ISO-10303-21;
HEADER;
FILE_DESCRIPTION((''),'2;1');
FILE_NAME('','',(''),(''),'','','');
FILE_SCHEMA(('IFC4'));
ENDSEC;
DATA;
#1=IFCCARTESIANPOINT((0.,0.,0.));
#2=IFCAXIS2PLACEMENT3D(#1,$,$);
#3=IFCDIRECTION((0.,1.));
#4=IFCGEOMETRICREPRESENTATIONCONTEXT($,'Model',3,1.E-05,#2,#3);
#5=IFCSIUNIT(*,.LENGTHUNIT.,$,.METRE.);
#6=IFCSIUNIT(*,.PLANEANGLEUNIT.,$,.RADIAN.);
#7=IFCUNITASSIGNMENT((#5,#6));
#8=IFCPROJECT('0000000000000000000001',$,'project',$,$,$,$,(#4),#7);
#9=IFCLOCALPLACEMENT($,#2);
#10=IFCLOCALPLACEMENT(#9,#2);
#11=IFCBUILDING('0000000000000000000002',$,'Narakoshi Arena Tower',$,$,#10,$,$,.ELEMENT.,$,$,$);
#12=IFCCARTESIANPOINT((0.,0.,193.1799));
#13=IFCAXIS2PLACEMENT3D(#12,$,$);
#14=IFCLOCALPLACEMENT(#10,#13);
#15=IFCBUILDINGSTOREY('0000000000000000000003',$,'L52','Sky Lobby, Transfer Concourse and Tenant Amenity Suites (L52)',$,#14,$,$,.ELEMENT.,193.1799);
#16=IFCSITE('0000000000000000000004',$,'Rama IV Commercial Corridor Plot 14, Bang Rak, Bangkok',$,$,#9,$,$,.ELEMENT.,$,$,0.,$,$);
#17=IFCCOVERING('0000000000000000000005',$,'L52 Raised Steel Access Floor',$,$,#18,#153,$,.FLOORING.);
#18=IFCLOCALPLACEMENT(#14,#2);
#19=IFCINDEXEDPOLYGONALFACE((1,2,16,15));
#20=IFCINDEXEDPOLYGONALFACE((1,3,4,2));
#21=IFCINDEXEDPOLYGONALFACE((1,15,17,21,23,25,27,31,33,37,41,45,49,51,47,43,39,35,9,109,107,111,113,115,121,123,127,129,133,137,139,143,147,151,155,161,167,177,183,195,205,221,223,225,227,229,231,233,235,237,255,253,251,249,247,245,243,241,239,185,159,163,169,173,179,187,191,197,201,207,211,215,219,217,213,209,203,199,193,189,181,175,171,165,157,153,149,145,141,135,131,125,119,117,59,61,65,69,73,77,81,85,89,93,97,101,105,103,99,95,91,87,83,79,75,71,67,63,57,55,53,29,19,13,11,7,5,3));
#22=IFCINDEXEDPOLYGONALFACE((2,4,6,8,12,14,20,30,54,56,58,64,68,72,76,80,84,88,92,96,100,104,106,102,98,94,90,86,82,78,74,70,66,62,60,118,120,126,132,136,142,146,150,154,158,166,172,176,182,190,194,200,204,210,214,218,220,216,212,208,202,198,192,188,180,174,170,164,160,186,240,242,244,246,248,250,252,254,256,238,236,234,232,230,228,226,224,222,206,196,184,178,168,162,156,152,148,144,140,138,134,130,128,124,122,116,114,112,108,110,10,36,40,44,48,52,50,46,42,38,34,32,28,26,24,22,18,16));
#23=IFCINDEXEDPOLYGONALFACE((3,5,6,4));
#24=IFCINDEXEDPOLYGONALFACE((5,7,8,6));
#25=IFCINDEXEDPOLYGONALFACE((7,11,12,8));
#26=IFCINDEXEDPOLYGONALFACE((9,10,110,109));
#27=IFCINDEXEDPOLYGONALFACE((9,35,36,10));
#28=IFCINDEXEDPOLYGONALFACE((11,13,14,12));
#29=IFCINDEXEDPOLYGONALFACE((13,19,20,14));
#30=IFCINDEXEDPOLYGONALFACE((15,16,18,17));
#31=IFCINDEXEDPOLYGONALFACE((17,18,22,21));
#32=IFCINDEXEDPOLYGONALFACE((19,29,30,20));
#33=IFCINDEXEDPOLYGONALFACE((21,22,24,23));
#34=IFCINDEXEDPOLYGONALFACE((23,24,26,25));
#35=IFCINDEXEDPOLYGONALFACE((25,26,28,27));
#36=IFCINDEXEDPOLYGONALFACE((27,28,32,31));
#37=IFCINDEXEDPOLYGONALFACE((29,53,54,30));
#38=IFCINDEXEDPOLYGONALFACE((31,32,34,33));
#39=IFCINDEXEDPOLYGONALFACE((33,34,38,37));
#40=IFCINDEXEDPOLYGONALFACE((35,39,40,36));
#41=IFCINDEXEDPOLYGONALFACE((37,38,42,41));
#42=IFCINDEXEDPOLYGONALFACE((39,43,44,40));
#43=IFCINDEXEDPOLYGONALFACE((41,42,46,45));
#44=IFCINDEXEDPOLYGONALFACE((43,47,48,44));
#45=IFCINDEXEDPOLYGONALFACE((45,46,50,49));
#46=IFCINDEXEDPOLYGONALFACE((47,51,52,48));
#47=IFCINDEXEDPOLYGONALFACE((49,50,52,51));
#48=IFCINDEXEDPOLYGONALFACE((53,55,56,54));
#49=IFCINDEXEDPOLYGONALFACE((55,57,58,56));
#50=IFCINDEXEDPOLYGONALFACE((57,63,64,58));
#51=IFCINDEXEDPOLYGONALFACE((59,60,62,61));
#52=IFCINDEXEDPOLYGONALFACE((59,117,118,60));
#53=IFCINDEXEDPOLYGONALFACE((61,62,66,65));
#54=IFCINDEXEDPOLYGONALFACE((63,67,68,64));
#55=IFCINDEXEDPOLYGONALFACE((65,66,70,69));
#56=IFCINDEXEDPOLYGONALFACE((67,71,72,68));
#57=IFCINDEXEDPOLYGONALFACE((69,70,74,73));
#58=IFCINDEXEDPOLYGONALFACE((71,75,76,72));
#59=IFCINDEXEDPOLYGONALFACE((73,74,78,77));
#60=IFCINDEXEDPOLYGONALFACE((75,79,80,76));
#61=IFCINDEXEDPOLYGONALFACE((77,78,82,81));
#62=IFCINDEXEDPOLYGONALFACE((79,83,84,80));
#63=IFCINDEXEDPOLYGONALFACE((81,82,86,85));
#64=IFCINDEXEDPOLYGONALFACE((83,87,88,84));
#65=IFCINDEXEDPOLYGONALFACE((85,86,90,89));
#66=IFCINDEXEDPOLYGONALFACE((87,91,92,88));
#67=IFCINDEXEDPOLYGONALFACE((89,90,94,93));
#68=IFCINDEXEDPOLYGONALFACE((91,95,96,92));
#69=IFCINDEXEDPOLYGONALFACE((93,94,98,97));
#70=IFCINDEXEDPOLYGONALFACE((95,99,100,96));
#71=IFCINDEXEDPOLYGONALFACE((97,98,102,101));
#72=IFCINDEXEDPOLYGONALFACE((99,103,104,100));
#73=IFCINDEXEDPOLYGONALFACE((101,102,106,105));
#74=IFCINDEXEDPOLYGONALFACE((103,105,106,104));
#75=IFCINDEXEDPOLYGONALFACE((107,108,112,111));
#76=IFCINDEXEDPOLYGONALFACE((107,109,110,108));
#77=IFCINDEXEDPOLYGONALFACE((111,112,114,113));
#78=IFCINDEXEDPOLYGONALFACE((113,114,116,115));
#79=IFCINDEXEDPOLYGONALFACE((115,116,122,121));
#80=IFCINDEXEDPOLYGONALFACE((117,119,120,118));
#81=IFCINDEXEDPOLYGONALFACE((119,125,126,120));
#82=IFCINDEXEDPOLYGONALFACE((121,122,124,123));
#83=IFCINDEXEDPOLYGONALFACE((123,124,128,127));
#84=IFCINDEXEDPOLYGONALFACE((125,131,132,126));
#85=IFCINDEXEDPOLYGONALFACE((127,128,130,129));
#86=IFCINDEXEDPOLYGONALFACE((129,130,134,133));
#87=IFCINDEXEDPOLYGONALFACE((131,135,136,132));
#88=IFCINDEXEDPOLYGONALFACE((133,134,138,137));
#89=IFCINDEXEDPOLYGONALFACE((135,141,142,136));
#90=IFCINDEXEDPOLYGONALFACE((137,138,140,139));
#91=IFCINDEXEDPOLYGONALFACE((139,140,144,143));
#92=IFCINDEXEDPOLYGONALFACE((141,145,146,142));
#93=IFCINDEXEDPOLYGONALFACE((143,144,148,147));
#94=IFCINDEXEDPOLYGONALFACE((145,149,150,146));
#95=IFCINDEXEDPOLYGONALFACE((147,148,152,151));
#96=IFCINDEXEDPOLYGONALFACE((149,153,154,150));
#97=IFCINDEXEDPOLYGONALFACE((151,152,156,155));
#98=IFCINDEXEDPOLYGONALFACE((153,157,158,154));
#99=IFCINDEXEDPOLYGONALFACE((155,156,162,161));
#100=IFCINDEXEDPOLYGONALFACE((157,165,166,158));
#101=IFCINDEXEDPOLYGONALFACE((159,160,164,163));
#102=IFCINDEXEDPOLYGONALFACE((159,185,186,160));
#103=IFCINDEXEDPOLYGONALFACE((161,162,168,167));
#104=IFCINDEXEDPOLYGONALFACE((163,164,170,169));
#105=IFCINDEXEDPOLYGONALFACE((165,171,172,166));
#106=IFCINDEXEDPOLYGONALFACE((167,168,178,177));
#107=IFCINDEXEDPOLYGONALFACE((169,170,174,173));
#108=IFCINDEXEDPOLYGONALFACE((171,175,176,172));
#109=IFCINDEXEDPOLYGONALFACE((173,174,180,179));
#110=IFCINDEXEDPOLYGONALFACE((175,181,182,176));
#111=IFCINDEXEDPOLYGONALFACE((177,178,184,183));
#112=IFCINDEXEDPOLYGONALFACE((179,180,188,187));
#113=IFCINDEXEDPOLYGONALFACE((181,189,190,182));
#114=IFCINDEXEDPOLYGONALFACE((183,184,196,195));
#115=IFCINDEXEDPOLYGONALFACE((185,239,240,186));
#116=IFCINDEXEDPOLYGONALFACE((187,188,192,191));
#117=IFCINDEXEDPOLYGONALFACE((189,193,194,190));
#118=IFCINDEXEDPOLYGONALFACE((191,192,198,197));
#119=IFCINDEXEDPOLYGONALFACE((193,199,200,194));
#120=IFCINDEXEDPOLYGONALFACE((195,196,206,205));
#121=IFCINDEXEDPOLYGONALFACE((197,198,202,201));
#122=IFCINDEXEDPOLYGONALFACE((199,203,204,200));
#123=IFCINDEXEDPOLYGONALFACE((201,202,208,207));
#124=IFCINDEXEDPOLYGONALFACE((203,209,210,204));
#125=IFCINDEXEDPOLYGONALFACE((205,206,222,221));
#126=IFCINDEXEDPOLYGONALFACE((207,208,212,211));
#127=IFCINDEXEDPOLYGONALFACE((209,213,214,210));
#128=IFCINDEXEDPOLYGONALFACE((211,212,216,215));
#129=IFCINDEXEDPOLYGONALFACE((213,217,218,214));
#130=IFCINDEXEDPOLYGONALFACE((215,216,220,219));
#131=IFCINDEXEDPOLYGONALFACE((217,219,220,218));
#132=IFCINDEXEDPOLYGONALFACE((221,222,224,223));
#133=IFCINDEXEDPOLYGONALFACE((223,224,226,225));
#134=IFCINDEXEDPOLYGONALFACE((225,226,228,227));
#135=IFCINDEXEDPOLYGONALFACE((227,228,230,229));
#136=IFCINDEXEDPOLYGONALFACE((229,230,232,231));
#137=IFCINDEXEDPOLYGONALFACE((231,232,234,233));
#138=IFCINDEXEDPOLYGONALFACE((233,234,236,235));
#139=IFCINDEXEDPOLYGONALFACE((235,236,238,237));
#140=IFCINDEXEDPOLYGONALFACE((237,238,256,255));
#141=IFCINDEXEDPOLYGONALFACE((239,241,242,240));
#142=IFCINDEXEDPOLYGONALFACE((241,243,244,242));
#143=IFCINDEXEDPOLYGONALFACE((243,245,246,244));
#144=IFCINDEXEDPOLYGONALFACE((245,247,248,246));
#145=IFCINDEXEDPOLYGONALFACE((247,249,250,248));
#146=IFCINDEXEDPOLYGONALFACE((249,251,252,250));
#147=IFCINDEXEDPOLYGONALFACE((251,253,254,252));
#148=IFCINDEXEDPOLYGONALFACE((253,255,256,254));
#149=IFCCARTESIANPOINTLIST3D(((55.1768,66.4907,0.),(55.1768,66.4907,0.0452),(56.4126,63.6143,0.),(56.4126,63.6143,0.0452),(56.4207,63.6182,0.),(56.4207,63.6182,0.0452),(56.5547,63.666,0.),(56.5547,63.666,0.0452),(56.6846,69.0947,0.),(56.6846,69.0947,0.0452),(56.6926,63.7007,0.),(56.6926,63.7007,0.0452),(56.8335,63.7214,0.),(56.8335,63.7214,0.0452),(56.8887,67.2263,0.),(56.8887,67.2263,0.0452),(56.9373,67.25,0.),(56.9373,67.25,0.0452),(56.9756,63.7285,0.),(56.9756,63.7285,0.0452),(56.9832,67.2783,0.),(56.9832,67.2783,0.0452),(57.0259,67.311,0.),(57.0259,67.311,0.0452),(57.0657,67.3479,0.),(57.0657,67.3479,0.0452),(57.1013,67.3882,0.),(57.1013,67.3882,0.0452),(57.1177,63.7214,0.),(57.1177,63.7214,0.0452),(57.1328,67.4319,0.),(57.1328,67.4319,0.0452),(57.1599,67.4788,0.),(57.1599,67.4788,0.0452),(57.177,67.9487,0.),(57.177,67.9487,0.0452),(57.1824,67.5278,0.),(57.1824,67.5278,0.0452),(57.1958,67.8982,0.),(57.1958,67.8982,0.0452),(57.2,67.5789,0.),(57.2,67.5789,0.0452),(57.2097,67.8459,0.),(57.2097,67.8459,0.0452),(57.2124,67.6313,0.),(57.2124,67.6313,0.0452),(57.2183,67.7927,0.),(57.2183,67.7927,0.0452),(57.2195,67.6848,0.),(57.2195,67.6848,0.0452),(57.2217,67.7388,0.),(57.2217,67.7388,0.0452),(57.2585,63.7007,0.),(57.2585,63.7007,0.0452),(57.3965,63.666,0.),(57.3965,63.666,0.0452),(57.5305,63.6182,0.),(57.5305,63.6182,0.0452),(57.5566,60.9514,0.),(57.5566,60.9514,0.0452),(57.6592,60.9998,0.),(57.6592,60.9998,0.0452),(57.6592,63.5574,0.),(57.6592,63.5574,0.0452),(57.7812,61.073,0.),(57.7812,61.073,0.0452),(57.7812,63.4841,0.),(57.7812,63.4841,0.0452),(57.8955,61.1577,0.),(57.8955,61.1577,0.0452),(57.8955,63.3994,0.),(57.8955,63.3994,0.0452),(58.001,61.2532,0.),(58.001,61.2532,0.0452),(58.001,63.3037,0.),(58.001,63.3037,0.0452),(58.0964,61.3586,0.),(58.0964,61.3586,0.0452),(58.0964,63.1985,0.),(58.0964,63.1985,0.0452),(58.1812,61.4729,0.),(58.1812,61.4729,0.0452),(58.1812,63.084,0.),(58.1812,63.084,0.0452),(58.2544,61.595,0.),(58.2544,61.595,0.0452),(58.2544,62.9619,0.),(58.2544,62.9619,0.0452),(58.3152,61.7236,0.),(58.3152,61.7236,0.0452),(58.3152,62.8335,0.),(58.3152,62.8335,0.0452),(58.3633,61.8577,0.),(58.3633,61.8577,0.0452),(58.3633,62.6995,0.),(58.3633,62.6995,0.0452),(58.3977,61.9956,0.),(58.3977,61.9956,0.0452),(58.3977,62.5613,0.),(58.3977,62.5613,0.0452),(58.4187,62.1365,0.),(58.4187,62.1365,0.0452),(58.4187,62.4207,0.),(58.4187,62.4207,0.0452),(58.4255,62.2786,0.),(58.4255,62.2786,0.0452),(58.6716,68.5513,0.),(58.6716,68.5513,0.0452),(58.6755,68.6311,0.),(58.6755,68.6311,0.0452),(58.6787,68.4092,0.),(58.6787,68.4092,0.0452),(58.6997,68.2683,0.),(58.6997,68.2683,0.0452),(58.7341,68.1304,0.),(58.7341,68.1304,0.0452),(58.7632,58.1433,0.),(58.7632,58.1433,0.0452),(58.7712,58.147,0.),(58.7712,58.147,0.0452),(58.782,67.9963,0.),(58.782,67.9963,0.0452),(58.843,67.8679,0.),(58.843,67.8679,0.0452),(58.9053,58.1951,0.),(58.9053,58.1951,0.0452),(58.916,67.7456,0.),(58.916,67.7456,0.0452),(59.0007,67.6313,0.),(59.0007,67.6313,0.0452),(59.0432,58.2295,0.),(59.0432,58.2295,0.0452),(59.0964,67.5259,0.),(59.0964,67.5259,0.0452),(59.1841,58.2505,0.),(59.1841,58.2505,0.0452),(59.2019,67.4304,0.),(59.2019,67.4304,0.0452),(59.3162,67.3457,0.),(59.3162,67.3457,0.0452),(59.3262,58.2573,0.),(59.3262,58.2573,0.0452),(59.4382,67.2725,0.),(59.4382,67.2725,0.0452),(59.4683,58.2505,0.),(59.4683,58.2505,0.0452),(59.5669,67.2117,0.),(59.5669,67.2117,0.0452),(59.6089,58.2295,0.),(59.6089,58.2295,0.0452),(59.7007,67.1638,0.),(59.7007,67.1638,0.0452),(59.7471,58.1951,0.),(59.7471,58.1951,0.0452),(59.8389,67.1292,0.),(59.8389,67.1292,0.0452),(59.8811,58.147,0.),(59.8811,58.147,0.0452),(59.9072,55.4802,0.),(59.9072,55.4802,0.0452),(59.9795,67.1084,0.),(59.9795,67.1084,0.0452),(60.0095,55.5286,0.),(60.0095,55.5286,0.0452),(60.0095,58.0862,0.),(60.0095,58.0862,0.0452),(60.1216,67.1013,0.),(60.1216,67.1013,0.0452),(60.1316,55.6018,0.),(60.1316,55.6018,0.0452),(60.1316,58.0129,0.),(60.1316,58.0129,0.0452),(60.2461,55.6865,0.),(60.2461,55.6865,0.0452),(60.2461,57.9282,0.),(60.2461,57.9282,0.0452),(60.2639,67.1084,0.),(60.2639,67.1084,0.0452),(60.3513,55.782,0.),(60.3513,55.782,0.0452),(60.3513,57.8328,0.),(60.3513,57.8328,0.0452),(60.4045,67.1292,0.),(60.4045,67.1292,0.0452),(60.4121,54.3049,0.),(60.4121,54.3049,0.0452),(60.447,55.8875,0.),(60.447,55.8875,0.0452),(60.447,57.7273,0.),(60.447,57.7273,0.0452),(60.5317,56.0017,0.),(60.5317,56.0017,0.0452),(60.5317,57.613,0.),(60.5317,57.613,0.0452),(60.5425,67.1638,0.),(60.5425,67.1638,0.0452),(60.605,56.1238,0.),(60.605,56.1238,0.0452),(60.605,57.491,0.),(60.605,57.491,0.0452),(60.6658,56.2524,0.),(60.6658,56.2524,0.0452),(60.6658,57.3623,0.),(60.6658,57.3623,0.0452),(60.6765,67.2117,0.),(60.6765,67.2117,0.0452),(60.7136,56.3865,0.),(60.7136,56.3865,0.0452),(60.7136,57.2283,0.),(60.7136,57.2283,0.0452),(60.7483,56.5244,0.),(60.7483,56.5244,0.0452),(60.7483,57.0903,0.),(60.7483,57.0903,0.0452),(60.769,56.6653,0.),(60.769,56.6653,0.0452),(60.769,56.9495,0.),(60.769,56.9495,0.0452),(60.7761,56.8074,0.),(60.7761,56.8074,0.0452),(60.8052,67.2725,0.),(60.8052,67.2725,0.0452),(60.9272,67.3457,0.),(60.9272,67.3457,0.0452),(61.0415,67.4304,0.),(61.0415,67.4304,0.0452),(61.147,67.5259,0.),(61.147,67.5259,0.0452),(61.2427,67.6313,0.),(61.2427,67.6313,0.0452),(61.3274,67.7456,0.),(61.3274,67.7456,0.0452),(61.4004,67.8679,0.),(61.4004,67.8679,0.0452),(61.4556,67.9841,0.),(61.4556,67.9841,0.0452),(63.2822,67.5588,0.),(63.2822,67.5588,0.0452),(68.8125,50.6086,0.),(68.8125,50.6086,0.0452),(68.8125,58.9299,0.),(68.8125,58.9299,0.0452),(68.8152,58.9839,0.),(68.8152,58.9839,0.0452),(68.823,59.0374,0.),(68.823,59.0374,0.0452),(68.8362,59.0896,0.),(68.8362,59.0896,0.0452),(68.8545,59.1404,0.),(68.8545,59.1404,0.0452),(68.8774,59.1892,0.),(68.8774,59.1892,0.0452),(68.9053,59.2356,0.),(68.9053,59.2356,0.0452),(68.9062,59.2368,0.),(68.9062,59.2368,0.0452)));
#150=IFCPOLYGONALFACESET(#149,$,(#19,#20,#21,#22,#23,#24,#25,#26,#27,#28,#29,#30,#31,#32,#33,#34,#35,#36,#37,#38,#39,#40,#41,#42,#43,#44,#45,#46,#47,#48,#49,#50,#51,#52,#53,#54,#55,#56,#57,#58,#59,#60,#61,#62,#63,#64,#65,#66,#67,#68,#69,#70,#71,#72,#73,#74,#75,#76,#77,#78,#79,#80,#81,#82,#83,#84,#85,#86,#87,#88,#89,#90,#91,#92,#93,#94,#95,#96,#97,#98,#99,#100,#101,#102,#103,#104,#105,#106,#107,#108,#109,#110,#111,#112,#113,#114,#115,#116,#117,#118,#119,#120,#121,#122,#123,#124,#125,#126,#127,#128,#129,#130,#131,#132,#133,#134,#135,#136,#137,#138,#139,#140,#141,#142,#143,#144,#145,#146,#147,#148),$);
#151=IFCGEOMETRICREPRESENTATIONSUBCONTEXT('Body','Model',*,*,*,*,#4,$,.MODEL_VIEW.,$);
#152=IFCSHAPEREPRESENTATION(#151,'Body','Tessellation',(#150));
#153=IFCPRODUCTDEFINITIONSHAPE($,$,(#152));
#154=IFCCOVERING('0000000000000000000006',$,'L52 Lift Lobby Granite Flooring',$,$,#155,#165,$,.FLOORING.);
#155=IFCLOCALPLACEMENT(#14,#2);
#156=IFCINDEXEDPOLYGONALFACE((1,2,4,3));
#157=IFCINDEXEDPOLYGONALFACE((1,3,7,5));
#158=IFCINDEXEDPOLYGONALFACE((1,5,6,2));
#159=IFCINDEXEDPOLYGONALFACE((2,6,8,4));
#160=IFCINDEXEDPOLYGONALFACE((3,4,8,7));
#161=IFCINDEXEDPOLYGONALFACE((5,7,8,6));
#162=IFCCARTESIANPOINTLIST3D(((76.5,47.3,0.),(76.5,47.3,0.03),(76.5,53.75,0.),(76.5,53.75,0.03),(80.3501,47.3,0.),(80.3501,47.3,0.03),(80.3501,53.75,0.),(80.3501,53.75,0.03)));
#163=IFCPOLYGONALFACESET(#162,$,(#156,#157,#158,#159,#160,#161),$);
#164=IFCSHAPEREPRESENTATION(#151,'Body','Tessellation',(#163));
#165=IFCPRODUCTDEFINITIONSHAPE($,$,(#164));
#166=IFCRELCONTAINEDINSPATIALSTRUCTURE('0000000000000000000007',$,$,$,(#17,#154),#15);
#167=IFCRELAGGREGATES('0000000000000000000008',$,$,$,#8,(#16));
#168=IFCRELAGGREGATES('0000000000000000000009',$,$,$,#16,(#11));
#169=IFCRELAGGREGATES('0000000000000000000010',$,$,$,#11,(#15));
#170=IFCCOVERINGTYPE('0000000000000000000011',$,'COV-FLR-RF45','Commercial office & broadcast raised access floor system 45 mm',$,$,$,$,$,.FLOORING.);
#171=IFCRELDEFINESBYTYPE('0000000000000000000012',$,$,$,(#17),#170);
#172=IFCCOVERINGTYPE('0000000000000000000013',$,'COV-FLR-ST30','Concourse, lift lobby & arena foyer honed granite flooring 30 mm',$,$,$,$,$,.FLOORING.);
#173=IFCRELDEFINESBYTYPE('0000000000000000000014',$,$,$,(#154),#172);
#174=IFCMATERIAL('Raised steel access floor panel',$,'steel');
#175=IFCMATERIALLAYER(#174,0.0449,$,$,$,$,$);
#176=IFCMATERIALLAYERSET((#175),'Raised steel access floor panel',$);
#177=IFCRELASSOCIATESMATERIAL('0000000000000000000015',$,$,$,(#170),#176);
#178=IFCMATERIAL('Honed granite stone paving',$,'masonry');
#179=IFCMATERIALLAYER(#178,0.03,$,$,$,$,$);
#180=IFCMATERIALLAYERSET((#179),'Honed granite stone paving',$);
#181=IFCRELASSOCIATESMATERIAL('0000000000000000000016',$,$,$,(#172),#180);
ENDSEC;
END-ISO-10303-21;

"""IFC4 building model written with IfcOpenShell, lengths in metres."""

from ifc_helpers import new_model, si_unit, direction, frame, origin, place, context, subcontext, project, spatial, polyline, outline, extrude, material, layer, layer_set, type_object, element, save


model = new_model("IFC4")

# Units and contexts
model_context = context("Model", 3, precision=1e-05, world=origin(), true_north=direction((0.0, 1.0)))
body_context = subcontext(model_context, "Body", "Model", "MODEL_VIEW")
ifc_project = project(units=[si_unit("LENGTHUNIT", "METRE"), si_unit("PLANEANGLEUNIT", "RADIAN")], contexts=[model_context])

# Site, building, storey
site_placement = place(None, origin())
site = spatial("IfcSite", under=ifc_project, at=site_placement, Name="Rama IV Commercial Corridor Plot 14, Bang Rak, Bangkok", CompositionType="ELEMENT", RefElevation=0.0)
building_placement = place(site_placement, origin())
building = spatial("IfcBuilding", under=site, at=building_placement, Name="Narakoshi Arena Tower", CompositionType="ELEMENT")
storey_placement = place(building_placement, frame((0.0, 0.0, 193.1799)))
storey = spatial("IfcBuildingStorey", under=building, at=storey_placement, Name="L52", Description="Sky Lobby, Transfer Concourse and Tenant Amenity Suites (L52)", CompositionType="ELEMENT", Elevation=193.1799)

# Coverings
ifc_material_1 = material(Name="Raised steel access floor panel", Category="steel")
ifc_layer_1 = layer(ifc_material_1, 0.0449)
ifc_layer_set_1 = layer_set([ifc_layer_1], Name="Raised steel access floor panel")
covering_type_1 = type_object("IfcCoveringType", Name="COV-FLR-RF45", Description="Commercial office & broadcast raised access floor system 45 mm", PredefinedType="FLOORING", material=ifc_layer_set_1)
covering_1_placement = place(storey_placement, origin())
element("IfcCovering", 1, at=covering_1_placement, inside=storey, type_object=covering_type_1, Name="L52 Raised Steel Access Floor", PredefinedType="FLOORING", context=body_context, shape_type="SweptSolid", body=[
    extrude(outline(polyline([(56.9373, 67.25), (56.9832, 67.2783), (57.0259, 67.311), (57.0657, 67.3479), (57.1013, 67.3882), (57.1328, 67.4319), (57.1599, 67.4788), (57.1824, 67.5278), (57.2, 67.5789), (57.2124, 67.6313), (57.2195, 67.6848), (57.2217, 67.7388), (57.2183, 67.7927), (57.2097, 67.8459), (57.1958, 67.8982), (57.177, 67.9487), (56.6846, 69.0947), (58.6755, 68.6311), (58.6716, 68.5513), (58.6787, 68.4092), (58.6997, 68.2683), (58.7341, 68.1304), (58.782, 67.9963), (58.843, 67.8679), (58.916, 67.7456), (59.0007, 67.6313), (59.0964, 67.5259), (59.2019, 67.4304), (59.3162, 67.3457), (59.4382, 67.2725), (59.5669, 67.2117), (59.7007, 67.1638), (59.8389, 67.1292), (59.9795, 67.1084), (60.1216, 67.1013), (60.2639, 67.1084), (60.4045, 67.1292), (60.5425, 67.1638), (60.6765, 67.2117), (60.8052, 67.2725), (60.9272, 67.3457), (61.0415, 67.4304), (61.147, 67.5259), (61.2427, 67.6313), (61.3274, 67.7456), (61.4004, 67.8679), (61.4556, 67.9841), (63.2822, 67.5588), (68.9062, 59.2368), (68.9053, 59.2356), (68.8774, 59.1892), (68.8545, 59.1404), (68.8362, 59.0896), (68.823, 59.0374), (68.8152, 58.9839), (68.8125, 58.9299), (68.8125, 50.6086), (60.4121, 54.3049), (59.9072, 55.4802), (60.0095, 55.5286), (60.1316, 55.6018), (60.2461, 55.6865), (60.3513, 55.782), (60.447, 55.8875), (60.5317, 56.0017), (60.605, 56.1238), (60.6658, 56.2524), (60.7136, 56.3865), (60.7483, 56.5244), (60.769, 56.6653), (60.7761, 56.8074), (60.769, 56.9495), (60.7483, 57.0903), (60.7136, 57.2283), (60.6658, 57.3623), (60.605, 57.491), (60.5317, 57.613), (60.447, 57.7273), (60.3513, 57.8328), (60.2461, 57.9282), (60.1316, 58.0129), (60.0095, 58.0862), (59.8811, 58.147), (59.7471, 58.1951), (59.6089, 58.2295), (59.4683, 58.2505), (59.3262, 58.2573), (59.1841, 58.2505), (59.0432, 58.2295), (58.9053, 58.1951), (58.7712, 58.147), (58.7632, 58.1433), (57.5566, 60.9514), (57.6592, 60.9998), (57.7812, 61.073), (57.8955, 61.1577), (58.001, 61.2532), (58.0964, 61.3586), (58.1812, 61.4729), (58.2544, 61.595), (58.3152, 61.7236), (58.3633, 61.8577), (58.3977, 61.9956), (58.4187, 62.1365), (58.4255, 62.2786), (58.4187, 62.4207), (58.3977, 62.5613), (58.3633, 62.6995), (58.3152, 62.8335), (58.2544, 62.9619), (58.1812, 63.084), (58.0964, 63.1985), (58.001, 63.3037), (57.8955, 63.3994), (57.7812, 63.4841), (57.6592, 63.5574), (57.5305, 63.6182), (57.3965, 63.666), (57.2585, 63.7007), (57.1177, 63.7214), (56.9756, 63.7285), (56.8335, 63.7214), (56.6926, 63.7007), (56.5547, 63.666), (56.4207, 63.6182), (56.4126, 63.6143), (55.1768, 66.4907), (56.8887, 67.2263), (56.9373, 67.25)])), origin(), (0.0, 0.0, 1.0), 0.0452),
])
ifc_material_2 = material(Name="Honed granite stone paving", Category="masonry")
ifc_layer_2 = layer(ifc_material_2, 0.03)
ifc_layer_set_2 = layer_set([ifc_layer_2], Name="Honed granite stone paving")
covering_type_2 = type_object("IfcCoveringType", Name="COV-FLR-ST30", Description="Concourse, lift lobby & arena foyer honed granite flooring 30 mm", PredefinedType="FLOORING", material=ifc_layer_set_2)
covering_2_placement = place(storey_placement, origin())
element("IfcCovering", 2, at=covering_2_placement, inside=storey, type_object=covering_type_2, Name="L52 Lift Lobby Granite Flooring", PredefinedType="FLOORING", context=body_context, shape_type="SweptSolid", body=[
    extrude(outline(polyline([(76.5, 47.3), (80.3501, 47.3), (80.3501, 53.75), (76.5, 53.75), (76.5, 47.3)])), origin(), (0.0, 0.0, 1.0), 0.03),
])

save(model, "model.ifc")
